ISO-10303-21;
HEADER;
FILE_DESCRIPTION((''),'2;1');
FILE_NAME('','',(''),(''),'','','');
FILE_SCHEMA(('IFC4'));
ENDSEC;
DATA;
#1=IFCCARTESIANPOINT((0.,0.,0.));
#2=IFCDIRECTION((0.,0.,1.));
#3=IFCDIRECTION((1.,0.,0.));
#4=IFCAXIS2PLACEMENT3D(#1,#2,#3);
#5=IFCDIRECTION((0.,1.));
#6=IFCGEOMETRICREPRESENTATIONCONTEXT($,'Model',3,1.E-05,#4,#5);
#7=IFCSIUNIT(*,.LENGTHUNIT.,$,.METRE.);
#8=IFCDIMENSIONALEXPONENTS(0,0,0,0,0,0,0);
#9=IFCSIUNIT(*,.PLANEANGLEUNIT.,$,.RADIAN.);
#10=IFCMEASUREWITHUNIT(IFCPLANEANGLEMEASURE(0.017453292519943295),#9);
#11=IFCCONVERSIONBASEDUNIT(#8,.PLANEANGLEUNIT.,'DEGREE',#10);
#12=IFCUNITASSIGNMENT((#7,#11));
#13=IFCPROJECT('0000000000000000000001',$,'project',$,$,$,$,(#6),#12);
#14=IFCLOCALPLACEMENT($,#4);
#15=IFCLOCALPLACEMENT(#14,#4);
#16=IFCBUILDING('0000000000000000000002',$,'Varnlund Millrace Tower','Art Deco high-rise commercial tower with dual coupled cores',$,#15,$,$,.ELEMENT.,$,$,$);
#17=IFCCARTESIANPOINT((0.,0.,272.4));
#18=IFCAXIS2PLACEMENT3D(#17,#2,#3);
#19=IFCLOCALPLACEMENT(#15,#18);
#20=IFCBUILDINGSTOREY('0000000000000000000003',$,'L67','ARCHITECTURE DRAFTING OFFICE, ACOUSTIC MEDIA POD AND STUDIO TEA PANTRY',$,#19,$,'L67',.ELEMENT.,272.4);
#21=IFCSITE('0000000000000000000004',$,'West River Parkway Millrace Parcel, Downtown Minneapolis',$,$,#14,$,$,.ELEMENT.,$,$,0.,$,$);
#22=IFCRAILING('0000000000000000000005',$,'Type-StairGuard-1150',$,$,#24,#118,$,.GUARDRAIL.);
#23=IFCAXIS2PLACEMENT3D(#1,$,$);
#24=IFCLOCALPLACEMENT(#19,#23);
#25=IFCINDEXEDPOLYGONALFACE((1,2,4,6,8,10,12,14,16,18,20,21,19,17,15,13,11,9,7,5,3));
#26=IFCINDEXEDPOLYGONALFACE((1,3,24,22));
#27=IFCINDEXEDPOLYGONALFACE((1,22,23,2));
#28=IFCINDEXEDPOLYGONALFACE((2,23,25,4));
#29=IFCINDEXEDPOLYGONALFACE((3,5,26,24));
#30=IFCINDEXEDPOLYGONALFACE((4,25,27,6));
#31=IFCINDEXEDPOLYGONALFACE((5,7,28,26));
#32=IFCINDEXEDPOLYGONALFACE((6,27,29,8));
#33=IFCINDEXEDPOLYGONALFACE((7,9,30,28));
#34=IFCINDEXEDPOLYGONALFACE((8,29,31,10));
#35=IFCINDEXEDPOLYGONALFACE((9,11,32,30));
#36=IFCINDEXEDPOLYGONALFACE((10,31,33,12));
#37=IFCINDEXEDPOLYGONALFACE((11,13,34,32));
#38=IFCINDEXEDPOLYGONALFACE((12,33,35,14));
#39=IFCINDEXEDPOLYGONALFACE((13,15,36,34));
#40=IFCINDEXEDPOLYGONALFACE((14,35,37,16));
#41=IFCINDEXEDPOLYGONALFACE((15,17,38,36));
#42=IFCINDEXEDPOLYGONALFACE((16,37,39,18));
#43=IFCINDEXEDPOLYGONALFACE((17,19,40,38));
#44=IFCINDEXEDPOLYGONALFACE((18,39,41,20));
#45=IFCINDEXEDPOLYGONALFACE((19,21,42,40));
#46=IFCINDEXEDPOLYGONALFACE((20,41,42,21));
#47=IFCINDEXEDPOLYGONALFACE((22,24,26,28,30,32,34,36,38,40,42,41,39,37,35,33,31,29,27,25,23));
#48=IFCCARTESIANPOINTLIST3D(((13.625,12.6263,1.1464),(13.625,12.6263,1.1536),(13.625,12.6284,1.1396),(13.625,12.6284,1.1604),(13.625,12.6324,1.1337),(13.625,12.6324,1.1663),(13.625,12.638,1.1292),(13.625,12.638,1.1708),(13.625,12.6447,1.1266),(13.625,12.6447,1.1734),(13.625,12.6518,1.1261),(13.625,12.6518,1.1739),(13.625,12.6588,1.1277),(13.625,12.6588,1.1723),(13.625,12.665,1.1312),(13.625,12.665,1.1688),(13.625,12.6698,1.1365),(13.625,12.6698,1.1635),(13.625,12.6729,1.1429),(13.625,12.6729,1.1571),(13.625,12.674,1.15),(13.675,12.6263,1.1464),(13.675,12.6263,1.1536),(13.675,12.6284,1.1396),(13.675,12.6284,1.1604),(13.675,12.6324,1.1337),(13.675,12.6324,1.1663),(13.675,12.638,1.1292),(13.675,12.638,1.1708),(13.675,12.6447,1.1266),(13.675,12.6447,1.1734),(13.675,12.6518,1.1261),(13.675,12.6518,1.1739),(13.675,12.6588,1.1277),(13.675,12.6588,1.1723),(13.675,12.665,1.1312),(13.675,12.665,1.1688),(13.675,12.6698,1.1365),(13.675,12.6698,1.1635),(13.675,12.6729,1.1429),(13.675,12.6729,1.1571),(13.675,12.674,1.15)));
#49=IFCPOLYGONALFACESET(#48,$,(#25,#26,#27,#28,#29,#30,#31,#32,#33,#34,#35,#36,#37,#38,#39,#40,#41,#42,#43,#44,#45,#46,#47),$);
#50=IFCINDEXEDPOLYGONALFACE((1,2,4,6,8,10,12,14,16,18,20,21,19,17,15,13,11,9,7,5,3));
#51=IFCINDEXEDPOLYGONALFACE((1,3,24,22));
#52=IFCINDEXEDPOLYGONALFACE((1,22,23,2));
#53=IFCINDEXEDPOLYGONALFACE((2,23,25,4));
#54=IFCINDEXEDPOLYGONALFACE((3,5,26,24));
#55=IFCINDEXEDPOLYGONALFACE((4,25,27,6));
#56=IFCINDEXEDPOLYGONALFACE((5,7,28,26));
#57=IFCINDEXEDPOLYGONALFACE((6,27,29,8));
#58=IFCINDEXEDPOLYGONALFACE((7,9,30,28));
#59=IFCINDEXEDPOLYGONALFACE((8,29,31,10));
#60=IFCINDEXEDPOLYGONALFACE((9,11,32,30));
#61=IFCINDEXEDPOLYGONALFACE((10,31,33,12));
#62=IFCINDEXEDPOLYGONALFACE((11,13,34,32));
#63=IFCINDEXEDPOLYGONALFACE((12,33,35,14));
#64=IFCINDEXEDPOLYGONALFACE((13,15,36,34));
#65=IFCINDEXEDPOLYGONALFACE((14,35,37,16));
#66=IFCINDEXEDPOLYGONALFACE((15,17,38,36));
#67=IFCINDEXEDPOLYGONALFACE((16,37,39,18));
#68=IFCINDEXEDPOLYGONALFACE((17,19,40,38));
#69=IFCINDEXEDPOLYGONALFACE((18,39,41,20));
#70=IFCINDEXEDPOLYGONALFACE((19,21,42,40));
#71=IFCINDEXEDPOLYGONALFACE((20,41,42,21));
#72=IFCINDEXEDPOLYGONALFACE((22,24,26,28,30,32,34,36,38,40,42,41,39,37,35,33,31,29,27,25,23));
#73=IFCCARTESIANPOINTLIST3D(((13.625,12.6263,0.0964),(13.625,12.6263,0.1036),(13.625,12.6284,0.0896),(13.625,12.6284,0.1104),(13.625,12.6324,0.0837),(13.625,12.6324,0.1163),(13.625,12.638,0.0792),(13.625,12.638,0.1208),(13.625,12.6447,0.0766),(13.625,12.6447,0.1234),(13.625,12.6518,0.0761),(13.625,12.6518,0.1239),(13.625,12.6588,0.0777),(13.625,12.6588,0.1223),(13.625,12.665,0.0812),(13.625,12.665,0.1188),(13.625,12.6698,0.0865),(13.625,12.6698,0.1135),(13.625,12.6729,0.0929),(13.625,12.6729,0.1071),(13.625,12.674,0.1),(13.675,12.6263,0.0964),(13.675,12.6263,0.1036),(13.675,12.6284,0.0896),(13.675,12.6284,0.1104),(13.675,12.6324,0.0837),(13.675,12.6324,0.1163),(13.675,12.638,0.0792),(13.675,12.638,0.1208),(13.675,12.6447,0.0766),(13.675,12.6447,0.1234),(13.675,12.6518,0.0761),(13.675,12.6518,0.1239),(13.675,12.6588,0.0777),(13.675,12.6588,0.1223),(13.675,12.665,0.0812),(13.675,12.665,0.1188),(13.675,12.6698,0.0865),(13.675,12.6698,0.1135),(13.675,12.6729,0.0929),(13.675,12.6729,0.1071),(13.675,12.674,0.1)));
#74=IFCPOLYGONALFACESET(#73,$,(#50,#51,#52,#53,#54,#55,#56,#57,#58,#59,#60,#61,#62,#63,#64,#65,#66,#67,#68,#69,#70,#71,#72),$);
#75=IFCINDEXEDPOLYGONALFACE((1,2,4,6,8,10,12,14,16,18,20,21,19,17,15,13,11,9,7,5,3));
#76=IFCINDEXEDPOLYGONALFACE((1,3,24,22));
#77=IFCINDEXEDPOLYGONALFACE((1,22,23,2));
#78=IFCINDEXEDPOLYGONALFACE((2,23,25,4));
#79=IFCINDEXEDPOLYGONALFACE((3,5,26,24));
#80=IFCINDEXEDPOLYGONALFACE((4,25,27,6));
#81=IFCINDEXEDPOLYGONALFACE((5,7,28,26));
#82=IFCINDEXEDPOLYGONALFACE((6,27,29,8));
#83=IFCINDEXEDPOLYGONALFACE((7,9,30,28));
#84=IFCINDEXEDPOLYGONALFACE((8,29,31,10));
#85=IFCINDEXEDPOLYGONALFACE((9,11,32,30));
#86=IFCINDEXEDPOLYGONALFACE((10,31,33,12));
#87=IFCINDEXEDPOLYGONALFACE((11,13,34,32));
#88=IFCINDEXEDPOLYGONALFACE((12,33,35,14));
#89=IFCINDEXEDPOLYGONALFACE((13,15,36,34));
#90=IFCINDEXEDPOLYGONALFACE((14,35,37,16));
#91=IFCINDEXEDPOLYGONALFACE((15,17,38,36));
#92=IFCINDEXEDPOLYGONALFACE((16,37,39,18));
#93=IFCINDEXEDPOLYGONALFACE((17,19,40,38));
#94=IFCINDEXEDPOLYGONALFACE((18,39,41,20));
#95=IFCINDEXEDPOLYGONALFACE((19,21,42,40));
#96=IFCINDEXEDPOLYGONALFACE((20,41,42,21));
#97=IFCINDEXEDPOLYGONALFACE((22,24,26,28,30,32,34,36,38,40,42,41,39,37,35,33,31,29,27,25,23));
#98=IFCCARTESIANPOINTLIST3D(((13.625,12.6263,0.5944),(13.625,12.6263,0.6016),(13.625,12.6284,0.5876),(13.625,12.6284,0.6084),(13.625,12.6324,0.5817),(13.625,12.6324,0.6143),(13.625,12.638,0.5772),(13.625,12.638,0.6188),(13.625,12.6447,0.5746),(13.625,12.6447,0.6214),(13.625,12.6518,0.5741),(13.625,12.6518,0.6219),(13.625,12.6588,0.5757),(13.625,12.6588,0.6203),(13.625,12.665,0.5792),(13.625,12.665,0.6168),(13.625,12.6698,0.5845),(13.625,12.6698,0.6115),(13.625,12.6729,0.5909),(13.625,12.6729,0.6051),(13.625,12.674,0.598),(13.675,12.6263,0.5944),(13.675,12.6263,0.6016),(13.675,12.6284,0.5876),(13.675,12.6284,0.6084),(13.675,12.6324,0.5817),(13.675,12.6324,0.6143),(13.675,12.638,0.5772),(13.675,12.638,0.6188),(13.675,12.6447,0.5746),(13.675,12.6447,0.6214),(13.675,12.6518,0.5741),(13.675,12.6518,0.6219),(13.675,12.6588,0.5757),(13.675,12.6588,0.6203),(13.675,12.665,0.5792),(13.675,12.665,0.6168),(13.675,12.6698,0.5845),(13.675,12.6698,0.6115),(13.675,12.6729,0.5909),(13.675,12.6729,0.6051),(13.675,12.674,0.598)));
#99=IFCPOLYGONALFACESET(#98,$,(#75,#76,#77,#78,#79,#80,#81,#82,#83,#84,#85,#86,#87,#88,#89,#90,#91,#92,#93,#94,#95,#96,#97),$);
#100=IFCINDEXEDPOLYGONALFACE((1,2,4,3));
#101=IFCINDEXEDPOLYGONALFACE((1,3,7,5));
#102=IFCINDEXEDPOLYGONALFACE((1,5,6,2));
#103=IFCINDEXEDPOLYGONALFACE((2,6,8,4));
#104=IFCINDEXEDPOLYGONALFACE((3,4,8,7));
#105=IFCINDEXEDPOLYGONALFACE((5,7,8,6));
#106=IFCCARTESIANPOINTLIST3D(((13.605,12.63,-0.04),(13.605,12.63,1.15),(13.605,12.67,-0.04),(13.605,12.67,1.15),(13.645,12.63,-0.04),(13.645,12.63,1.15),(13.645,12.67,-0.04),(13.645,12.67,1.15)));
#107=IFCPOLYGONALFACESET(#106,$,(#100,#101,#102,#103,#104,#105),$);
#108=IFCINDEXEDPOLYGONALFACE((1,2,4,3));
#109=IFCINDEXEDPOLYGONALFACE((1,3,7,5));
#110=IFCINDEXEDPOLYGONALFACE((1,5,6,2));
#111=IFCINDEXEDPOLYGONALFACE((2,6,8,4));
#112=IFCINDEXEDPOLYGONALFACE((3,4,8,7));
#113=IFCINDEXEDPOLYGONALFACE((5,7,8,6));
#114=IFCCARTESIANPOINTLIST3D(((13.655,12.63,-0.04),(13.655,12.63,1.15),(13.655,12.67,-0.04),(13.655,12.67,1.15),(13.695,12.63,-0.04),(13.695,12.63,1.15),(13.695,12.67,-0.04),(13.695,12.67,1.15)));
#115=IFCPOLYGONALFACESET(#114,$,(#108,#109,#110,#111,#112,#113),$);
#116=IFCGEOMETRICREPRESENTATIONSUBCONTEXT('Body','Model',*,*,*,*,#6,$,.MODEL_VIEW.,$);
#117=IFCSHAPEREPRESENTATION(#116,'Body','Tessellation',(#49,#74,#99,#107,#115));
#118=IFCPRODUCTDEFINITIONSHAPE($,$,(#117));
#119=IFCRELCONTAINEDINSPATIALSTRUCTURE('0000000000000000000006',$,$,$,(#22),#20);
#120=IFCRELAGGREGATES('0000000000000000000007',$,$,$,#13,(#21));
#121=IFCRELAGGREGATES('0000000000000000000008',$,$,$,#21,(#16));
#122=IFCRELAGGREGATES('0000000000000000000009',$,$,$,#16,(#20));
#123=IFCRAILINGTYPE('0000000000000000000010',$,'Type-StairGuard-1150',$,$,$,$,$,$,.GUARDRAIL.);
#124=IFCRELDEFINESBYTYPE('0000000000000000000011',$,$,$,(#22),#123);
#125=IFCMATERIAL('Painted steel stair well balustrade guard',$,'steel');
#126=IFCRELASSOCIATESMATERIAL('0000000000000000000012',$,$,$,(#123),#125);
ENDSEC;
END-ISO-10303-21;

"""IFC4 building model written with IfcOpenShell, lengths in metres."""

from ifc_helpers import new_model, entity, si_unit, converted_unit, direction, frame, origin_with_axes, origin_2d_with_axis, place, context, subcontext, project, spatial, rectangle, circle, extrude, material, type_object, element, save


model = new_model("IFC4")

# Units and contexts
model_context = context("Model", 3, precision=1e-05, world=origin_with_axes(), true_north=direction((0.0, 1.0)))
body_context = subcontext(model_context, "Body", "Model", "MODEL_VIEW")
ifc_project = project(units=[si_unit("LENGTHUNIT", "METRE"), converted_unit("PLANEANGLEUNIT", "DEGREE", entity("IfcPlaneAngleMeasure", 0.017453292519943295), si_unit("PLANEANGLEUNIT", "RADIAN"), dimensions=[0, 0, 0, 0, 0, 0, 0])], contexts=[model_context])

# Site, building, storey
site_placement = place(None, origin_with_axes())
site = spatial("IfcSite", under=ifc_project, at=site_placement, Name="West River Parkway Millrace Parcel, Downtown Minneapolis", CompositionType="ELEMENT", RefElevation=0.0)
building_placement = place(site_placement, origin_with_axes())
building = spatial("IfcBuilding", under=site, at=building_placement, Name="Varnlund Millrace Tower", Description="Art Deco high-rise commercial tower with dual coupled cores", CompositionType="ELEMENT")
storey_placement = place(building_placement, frame((0.0, 0.0, 272.4), z_axis=(0.0, 0.0, 1.0), x_axis=(1.0, 0.0, 0.0)))
storey = spatial("IfcBuildingStorey", under=building, at=storey_placement, Name="L67", Description="ARCHITECTURE DRAFTING OFFICE, ACOUSTIC MEDIA POD AND STUDIO TEA PANTRY", LongName="L67", CompositionType="ELEMENT", Elevation=272.4)

# Railing
ifc_material_1 = material(Name="Painted steel stair well balustrade guard", Category="steel")
railing_type_1 = type_object("IfcRailingType", Name="Type-StairGuard-1150", PredefinedType="GUARDRAIL", material=ifc_material_1)
railing_1_placement = place(storey_placement, frame((0.0, 0.0, -272.4), z_axis=(0.0, 0.0, 1.0), x_axis=(1.0, 0.0, 0.0)))
element("IfcRailing", 1, at=railing_1_placement, inside=storey, type_object=railing_type_1, Name="Type-StairGuard-1150", PredefinedType="GUARDRAIL", context=body_context, shape_type="SweptSolid", body=[
    extrude(circle(Radius=0.024, at=origin_2d_with_axis()), frame((13.625, 12.65, 273.55), z_axis=(1.0, 0.0, 0.0), x_axis=(0.0, 1.0, 0.0)), (0.0, 0.0, 1.0), 0.05),
    extrude(circle(Radius=0.024, at=origin_2d_with_axis()), frame((13.625, 12.65, 272.5), z_axis=(1.0, 0.0, 0.0), x_axis=(0.0, 1.0, 0.0)), (0.0, 0.0, 1.0), 0.05),
    extrude(circle(Radius=0.024, at=origin_2d_with_axis()), frame((13.625, 12.65, 272.998), z_axis=(1.0, 0.0, 0.0), x_axis=(0.0, 1.0, 0.0)), (0.0, 0.0, 1.0), 0.05),
    extrude(rectangle(XDim=0.04, YDim=0.04, at=origin_2d_with_axis()), frame((13.625, 12.65, 272.36), z_axis=(0.0, 0.0, 1.0), x_axis=(1.0, 0.0, 0.0)), (0.0, 0.0, 1.0), 1.19),
    extrude(rectangle(XDim=0.04, YDim=0.04, at=origin_2d_with_axis()), frame((13.675, 12.65, 272.36), z_axis=(0.0, 0.0, 1.0), x_axis=(1.0, 0.0, 0.0)), (0.0, 0.0, 1.0), 1.19),
])

save(model, "model.ifc")
